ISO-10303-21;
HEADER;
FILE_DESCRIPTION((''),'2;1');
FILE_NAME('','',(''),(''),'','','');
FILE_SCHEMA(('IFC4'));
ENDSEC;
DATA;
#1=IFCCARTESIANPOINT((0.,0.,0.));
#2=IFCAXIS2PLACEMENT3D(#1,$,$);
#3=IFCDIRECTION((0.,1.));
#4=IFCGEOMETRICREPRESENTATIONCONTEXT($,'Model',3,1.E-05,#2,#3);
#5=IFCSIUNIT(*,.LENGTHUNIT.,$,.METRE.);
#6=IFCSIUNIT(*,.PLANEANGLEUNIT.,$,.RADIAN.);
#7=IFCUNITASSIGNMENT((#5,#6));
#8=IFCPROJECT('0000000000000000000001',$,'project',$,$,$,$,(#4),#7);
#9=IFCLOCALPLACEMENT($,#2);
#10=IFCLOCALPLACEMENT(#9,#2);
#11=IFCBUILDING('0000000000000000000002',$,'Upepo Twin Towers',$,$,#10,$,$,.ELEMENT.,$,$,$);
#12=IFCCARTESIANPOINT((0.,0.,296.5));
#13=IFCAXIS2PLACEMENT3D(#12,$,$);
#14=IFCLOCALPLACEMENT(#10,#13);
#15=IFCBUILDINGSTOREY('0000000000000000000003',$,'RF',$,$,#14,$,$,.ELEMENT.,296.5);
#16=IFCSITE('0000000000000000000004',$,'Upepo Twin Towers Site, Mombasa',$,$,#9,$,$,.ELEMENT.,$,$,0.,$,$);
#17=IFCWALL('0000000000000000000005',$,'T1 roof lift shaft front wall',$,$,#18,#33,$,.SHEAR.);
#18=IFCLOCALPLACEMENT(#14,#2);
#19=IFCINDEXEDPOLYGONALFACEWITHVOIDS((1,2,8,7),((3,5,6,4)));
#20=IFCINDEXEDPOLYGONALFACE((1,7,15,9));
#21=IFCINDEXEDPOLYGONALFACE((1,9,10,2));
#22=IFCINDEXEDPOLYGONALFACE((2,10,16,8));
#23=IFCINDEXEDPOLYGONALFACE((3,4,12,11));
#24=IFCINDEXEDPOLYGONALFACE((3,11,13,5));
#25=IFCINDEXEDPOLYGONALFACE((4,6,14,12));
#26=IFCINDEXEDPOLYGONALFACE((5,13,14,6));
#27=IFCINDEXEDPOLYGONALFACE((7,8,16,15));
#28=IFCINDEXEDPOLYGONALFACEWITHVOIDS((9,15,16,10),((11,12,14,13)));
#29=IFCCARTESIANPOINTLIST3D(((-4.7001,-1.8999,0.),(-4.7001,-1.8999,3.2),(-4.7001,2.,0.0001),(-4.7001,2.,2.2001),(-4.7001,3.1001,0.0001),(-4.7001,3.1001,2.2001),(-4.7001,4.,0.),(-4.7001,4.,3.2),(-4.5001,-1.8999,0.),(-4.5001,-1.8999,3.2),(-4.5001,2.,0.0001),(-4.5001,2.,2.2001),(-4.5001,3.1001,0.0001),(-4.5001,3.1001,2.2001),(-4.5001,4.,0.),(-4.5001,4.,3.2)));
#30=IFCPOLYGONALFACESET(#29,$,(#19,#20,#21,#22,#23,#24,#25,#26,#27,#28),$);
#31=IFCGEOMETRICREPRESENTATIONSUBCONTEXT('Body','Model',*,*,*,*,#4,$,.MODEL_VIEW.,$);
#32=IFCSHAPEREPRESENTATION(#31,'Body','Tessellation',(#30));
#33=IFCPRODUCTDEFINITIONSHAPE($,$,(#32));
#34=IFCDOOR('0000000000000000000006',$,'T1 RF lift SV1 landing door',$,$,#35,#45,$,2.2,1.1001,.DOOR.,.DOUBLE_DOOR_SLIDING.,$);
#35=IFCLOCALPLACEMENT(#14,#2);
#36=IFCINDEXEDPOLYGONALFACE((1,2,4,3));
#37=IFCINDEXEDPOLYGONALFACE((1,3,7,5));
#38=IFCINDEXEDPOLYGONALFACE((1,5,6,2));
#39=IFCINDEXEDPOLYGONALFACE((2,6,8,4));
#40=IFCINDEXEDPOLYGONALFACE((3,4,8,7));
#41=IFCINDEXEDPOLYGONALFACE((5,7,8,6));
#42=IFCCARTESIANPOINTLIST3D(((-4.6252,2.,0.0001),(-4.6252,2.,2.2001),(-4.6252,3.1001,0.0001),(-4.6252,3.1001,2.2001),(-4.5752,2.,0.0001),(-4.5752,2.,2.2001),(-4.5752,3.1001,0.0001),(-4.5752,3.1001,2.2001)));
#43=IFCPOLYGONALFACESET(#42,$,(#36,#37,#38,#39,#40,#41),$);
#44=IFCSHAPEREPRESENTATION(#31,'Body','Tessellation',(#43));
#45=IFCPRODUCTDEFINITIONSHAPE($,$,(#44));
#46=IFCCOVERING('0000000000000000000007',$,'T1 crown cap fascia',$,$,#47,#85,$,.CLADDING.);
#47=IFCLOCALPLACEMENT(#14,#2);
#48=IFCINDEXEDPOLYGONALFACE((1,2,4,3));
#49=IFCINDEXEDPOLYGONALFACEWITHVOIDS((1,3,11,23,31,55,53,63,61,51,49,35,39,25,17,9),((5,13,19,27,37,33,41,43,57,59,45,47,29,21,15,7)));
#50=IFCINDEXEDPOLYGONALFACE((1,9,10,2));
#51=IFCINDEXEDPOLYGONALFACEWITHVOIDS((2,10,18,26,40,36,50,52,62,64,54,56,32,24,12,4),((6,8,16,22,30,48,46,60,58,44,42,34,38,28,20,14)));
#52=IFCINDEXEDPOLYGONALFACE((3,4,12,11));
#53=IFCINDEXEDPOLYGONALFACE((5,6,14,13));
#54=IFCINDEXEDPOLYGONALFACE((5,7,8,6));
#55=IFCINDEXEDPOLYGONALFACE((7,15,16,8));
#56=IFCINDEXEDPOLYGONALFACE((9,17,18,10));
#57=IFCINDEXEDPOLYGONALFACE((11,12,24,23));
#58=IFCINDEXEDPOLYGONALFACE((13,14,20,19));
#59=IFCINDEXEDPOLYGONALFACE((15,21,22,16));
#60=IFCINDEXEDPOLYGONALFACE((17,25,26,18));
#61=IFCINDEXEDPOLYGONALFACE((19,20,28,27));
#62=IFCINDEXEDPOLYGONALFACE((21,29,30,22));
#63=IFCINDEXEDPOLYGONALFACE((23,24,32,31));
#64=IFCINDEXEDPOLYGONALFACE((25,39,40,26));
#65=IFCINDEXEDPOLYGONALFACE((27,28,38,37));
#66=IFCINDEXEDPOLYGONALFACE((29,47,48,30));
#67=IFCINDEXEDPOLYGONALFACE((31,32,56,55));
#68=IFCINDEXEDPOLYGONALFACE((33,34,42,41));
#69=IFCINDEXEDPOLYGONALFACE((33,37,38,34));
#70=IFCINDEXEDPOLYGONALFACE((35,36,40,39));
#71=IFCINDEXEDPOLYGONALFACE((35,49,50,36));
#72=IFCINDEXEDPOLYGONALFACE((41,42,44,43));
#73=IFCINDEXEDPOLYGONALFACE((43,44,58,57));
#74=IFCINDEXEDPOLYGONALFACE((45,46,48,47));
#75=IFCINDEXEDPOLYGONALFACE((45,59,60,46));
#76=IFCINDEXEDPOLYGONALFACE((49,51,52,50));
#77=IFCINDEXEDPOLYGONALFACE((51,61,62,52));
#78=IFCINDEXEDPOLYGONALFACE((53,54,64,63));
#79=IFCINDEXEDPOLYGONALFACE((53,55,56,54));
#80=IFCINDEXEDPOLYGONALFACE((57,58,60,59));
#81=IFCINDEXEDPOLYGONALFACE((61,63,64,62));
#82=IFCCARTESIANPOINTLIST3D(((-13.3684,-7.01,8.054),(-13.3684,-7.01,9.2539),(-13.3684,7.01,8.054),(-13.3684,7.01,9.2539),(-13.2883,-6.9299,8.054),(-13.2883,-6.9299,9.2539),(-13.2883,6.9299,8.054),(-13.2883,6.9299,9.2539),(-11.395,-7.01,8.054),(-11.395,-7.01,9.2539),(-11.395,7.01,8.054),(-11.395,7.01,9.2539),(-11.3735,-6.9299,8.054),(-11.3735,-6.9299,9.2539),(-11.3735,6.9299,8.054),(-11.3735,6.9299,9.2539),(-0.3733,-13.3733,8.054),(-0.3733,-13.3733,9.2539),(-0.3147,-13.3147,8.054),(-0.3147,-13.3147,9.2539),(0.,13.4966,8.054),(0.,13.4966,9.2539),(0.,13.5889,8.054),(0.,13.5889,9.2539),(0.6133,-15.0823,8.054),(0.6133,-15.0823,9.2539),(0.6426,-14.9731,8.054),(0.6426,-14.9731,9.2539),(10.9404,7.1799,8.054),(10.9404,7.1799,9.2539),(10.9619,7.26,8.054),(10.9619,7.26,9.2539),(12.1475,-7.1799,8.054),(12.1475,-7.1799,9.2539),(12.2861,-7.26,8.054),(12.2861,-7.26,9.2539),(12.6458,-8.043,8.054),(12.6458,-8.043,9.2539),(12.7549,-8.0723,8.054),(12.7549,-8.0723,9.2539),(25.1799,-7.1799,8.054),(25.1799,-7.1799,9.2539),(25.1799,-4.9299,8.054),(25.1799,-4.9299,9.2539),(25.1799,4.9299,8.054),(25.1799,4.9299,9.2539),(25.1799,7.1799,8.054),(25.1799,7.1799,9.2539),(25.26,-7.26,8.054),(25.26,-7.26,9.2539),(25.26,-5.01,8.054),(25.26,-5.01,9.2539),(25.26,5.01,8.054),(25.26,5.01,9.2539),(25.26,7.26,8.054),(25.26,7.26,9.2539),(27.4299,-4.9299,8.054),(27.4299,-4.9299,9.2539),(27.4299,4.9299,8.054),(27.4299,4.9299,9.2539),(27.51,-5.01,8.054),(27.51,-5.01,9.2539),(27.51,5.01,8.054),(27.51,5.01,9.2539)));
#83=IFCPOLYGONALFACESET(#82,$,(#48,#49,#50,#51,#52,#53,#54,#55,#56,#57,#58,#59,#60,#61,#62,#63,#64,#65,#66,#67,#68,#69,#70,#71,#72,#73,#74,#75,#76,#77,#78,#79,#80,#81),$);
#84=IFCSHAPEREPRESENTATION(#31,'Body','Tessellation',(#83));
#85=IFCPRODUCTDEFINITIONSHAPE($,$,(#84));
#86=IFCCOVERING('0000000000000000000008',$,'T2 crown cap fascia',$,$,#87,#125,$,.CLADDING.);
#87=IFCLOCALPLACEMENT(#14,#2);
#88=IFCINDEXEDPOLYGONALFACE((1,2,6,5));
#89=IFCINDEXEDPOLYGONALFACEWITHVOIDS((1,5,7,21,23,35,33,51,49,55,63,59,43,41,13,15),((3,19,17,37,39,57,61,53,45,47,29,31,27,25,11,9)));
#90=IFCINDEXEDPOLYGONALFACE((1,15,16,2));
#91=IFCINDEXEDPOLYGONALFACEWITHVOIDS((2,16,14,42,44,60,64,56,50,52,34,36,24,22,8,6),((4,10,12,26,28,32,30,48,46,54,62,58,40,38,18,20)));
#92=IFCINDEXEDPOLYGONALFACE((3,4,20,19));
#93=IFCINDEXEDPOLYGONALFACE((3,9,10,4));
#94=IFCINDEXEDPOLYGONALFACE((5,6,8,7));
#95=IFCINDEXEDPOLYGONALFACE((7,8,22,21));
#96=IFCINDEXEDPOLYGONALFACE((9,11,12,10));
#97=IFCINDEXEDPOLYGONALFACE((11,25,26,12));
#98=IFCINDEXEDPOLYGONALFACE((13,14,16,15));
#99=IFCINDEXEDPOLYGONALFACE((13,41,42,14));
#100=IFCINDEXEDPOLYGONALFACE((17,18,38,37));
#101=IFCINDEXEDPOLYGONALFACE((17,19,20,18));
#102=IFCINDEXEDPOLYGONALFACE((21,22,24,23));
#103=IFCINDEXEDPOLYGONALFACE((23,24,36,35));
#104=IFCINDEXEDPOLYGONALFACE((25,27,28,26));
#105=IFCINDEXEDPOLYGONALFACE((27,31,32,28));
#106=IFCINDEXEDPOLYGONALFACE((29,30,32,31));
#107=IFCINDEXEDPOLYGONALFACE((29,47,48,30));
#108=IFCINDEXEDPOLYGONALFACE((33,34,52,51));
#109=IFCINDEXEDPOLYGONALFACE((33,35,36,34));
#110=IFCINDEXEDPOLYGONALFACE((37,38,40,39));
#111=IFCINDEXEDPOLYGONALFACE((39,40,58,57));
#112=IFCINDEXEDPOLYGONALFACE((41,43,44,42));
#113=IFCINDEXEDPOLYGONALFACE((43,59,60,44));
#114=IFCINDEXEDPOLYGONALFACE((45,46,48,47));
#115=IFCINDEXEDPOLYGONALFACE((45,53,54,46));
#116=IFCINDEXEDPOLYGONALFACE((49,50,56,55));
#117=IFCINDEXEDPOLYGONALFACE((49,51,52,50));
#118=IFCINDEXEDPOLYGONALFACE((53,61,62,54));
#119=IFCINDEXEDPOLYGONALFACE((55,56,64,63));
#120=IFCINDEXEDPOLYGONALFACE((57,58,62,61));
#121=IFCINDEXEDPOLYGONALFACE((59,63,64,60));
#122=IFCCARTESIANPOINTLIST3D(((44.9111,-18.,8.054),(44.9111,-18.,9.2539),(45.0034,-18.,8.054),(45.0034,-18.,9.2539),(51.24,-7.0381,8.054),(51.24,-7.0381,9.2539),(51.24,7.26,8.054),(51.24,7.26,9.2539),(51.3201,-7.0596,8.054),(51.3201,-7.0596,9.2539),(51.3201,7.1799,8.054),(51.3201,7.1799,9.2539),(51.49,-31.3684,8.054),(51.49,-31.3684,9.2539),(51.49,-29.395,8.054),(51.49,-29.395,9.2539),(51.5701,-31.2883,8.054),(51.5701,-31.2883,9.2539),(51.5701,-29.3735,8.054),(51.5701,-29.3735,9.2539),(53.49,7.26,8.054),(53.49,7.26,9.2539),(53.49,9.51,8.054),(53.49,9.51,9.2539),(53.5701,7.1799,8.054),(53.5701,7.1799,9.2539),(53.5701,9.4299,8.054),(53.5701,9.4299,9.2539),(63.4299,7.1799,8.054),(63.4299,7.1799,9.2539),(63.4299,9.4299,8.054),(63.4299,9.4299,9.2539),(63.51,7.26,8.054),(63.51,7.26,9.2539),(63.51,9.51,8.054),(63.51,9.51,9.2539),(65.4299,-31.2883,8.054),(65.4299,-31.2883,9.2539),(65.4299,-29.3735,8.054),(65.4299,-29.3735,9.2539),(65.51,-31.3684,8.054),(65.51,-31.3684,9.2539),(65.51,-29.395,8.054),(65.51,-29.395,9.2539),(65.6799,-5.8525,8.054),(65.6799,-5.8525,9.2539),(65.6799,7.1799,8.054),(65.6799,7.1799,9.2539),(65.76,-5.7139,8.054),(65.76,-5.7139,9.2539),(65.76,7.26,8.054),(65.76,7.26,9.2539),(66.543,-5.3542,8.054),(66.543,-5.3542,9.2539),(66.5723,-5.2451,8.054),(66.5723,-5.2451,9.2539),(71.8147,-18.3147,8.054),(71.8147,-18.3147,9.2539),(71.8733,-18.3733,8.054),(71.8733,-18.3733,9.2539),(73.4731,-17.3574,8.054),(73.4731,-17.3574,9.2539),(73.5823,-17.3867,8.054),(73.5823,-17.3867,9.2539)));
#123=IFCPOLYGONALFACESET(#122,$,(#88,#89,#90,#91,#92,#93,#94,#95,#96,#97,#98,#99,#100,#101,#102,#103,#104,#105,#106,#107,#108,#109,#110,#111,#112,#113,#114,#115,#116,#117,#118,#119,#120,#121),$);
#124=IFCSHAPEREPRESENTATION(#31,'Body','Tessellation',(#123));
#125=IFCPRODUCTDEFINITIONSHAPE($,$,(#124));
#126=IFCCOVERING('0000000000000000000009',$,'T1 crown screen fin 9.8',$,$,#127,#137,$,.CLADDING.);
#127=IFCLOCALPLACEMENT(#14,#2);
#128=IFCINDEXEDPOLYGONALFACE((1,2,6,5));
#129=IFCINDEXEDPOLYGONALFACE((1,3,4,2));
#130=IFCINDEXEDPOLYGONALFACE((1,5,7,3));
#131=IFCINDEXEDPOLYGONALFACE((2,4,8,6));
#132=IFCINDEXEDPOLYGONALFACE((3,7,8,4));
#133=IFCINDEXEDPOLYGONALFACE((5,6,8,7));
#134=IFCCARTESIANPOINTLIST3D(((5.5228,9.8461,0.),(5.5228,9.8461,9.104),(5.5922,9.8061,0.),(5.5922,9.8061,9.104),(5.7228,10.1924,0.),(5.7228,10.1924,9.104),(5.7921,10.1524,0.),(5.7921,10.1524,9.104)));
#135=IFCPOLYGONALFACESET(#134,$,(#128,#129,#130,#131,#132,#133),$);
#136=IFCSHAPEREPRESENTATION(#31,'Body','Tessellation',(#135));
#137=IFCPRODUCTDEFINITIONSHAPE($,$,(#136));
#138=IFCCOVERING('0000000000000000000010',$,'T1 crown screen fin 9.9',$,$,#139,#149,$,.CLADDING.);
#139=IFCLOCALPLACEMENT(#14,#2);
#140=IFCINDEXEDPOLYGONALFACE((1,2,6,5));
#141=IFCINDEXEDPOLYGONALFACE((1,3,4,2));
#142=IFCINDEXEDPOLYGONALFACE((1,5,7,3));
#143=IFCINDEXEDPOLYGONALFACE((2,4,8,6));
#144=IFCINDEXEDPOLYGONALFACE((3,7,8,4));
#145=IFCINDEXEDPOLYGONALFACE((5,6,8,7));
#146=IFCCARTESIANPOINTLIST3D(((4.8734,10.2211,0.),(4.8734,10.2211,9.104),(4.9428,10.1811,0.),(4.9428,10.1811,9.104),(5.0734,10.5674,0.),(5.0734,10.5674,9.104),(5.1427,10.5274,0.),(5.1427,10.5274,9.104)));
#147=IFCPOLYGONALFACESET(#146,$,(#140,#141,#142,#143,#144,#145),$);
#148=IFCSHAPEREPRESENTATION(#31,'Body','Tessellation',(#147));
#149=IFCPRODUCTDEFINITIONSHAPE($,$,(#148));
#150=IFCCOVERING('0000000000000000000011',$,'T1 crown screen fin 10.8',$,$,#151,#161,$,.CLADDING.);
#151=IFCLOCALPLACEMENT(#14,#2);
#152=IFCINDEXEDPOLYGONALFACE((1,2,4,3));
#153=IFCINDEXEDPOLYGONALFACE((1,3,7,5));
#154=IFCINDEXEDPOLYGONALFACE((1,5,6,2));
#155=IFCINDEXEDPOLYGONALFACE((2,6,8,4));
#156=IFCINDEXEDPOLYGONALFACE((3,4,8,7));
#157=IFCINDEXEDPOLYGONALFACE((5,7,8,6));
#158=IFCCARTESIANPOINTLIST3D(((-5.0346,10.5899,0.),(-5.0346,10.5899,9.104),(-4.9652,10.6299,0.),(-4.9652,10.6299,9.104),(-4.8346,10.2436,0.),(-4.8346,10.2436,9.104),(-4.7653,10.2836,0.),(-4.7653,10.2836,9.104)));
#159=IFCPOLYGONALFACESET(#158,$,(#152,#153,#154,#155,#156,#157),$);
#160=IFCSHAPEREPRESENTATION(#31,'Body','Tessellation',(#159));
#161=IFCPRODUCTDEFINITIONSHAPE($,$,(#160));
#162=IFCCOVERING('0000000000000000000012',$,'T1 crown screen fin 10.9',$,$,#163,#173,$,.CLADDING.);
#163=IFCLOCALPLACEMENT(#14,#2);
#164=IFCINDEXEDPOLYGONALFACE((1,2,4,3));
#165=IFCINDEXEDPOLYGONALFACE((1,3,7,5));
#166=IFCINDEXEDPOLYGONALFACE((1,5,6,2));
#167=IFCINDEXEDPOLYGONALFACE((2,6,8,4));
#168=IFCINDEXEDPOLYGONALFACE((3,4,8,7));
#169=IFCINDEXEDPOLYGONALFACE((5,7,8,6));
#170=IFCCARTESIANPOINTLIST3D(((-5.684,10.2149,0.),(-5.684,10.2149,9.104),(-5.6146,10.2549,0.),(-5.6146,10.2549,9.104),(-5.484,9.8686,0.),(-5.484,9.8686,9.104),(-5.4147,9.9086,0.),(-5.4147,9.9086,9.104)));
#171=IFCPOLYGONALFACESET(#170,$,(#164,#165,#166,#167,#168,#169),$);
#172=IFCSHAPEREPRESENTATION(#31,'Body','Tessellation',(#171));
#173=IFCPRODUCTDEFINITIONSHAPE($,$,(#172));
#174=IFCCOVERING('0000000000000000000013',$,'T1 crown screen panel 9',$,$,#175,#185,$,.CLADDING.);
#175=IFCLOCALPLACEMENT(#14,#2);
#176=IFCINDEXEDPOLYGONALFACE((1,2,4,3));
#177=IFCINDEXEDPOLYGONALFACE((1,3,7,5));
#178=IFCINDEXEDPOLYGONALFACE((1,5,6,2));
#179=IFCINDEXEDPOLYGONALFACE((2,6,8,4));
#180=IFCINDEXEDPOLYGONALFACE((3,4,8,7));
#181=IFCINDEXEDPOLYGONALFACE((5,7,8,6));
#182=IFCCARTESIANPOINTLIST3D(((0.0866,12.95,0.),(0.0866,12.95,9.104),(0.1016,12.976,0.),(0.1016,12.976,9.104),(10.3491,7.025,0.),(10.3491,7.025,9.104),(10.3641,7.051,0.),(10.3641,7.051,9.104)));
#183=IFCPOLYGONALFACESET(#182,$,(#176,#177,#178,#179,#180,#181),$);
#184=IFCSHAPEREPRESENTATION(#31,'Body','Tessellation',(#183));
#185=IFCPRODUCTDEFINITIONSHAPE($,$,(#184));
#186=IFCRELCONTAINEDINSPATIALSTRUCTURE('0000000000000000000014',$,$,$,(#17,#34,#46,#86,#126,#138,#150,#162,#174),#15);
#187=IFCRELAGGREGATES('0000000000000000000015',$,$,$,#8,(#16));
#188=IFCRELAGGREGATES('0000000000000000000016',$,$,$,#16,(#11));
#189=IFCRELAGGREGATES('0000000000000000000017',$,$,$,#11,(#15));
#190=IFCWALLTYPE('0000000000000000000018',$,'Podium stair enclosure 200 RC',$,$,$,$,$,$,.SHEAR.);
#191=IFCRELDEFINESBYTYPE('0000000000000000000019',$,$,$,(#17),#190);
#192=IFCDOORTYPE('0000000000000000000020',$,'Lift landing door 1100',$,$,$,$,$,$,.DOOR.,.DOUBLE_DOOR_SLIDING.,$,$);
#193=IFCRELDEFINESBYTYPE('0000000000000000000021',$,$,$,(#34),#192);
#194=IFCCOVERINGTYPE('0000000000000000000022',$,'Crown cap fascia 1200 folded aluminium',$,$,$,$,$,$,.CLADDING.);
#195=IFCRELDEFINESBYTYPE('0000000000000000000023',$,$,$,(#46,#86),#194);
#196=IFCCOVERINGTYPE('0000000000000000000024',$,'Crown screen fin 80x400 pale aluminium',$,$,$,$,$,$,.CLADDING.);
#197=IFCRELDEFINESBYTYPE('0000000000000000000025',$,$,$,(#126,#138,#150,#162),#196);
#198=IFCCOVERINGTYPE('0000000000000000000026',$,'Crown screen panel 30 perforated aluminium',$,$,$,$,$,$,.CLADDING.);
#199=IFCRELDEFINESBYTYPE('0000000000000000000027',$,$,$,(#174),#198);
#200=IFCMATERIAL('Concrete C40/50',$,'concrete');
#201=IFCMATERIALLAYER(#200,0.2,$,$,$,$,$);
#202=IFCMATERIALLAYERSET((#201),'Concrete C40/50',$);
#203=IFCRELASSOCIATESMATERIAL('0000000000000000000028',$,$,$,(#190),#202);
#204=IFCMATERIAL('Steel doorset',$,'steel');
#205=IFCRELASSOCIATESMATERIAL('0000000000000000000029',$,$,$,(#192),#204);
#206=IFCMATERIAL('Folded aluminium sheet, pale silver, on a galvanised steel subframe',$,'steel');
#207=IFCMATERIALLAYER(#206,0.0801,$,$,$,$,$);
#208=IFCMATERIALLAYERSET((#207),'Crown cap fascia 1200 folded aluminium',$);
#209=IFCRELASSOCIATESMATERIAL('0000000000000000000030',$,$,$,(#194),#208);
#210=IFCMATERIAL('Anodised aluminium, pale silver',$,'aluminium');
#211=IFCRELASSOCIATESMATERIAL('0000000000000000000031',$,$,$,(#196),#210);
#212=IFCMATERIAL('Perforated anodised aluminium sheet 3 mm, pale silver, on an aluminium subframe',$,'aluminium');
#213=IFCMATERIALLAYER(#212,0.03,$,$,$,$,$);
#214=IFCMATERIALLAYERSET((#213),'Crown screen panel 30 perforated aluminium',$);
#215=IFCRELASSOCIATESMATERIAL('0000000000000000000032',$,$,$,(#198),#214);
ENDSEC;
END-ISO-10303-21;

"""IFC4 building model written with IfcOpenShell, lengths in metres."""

from ifc_helpers import new_model, si_unit, direction, frame, frame_2d, origin, origin_2d, place, context, subcontext, project, spatial, polyline, rectangle, outline, extrude, material, layer, layer_set, type_object, element, fill, save


model = new_model("IFC4")

# Units and contexts
model_context = context("Model", 3, precision=1e-05, world=origin(), true_north=direction((0.0, 1.0)))
body_context = subcontext(model_context, "Body", "Model", "MODEL_VIEW")
ifc_project = project(units=[si_unit("LENGTHUNIT", "METRE"), si_unit("PLANEANGLEUNIT", "RADIAN")], contexts=[model_context])

# Site, building, storey
site_placement = place(None, origin())
site = spatial("IfcSite", under=ifc_project, at=site_placement, Name="Upepo Twin Towers Site, Mombasa", CompositionType="ELEMENT", RefElevation=0.0)
building_placement = place(site_placement, origin())
building = spatial("IfcBuilding", under=site, at=building_placement, Name="Upepo Twin Towers", CompositionType="ELEMENT")
storey_placement = place(building_placement, frame((0.0, 0.0, 296.5)))
storey = spatial("IfcBuildingStorey", under=building, at=storey_placement, Name="RF", CompositionType="ELEMENT", Elevation=296.5)

# Shared definitions
ifc_material_1 = material(Name="Concrete C40/50", Category="concrete")
ifc_layer_1 = layer(ifc_material_1, 0.2)
ifc_layer_set_1 = layer_set([ifc_layer_1], Name="Concrete C40/50")
wall_type = type_object("IfcWallType", Name="Podium stair enclosure 200 RC", PredefinedType="SHEAR", material=ifc_layer_set_1)

# Wall, opening, door
wall_1_placement = place(storey_placement, frame((-4.6001, 4.0, 0.0), z_axis=(0.0, 0.0, 1.0), x_axis=(0.0, -1.0, 0.0)))
wall_1 = element("IfcWall", 1, at=wall_1_placement, inside=storey, type_object=wall_type, Name="T1 roof lift shaft front wall", PredefinedType="SHEAR", context=body_context, shape_type="SweptSolid", body=[
    extrude(rectangle(XDim=5.8999, YDim=0.2, at=frame_2d((2.95, 0.0))), origin(), (0.0, 0.0, 1.0), 3.2),
])
opening_placement = place(wall_1_placement, frame((0.8999, 0.0, 0.0)))
opening = element("IfcOpeningElement", 2, at=opening_placement, cuts=wall_1, PredefinedType="OPENING", context=body_context, shape_type="SweptSolid", body=[
    extrude(rectangle(XDim=1.1001, YDim=2.2, at=frame_2d((0.55, 1.1001))), frame((0.0, 0.1099, 0.0), z_axis=(0.0, -1.0, 0.0), x_axis=(1.0, 0.0, 0.0)), (0.0, 0.0, 1.0), 0.22),
])
ifc_material_2 = material(Name="Steel doorset", Category="steel")
door_type = type_object("IfcDoorType", Name="Lift landing door 1100", OperationType="DOUBLE_DOOR_SLIDING", PredefinedType="DOOR", material=ifc_material_2)
door_placement = place(opening_placement, origin())
door = element("IfcDoor", 3, at=door_placement, inside=storey, type_object=door_type, Name="T1 RF lift SV1 landing door", OperationType="DOUBLE_DOOR_SLIDING", OverallHeight=2.2, OverallWidth=1.1001, PredefinedType="DOOR", context=body_context, shape_type="SweptSolid", body=[
    extrude(rectangle(XDim=1.1001, YDim=2.2, at=frame_2d((0.55, 1.1001))), frame((0.0, 0.0249, 0.0), z_axis=(0.0, -1.0, 0.0), x_axis=(1.0, 0.0, 0.0)), (0.0, 0.0, 1.0), 0.05),
])
fill(opening, door)

# Coverings
ifc_material_3 = material(Name="Folded aluminium sheet, pale silver, on a galvanised steel subframe", Category="steel")
ifc_layer_2 = layer(ifc_material_3, 0.0801)
ifc_layer_set_2 = layer_set([ifc_layer_2], Name="Crown cap fascia 1200 folded aluminium")
covering_type_1 = type_object("IfcCoveringType", Name="Crown cap fascia 1200 folded aluminium", PredefinedType="CLADDING", material=ifc_layer_set_2)
covering_1_placement = place(storey_placement, frame((0.0, 0.0, 8.054)))
element("IfcCovering", 4, at=covering_1_placement, inside=storey, type_object=covering_type_1, Name="T1 crown cap fascia", PredefinedType="CLADDING", context=body_context, shape_type="SweptSolid", body=[
    extrude(outline(polyline([(12.7549, -8.0723), (0.6133, -15.0823), (-0.3733, -13.3733), (-11.395, -7.01), (-13.3684, -7.01), (-13.3684, 7.01), (-11.395, 7.01), (0.0, 13.5889), (10.9619, 7.26), (25.26, 7.26), (25.26, 5.01), (27.51, 5.01), (27.51, -5.01), (25.26, -5.01), (25.26, -7.26), (12.2861, -7.26), (12.7549, -8.0723)]), holes=[polyline([(12.6458, -8.043), (0.6426, -14.9731), (-0.3147, -13.3147), (-11.3735, -6.9299), (-13.2883, -6.9299), (-13.2883, 6.9299), (-11.3735, 6.9299), (0.0, 13.4966), (10.9404, 7.1799), (25.1799, 7.1799), (25.1799, 4.9299), (27.4299, 4.9299), (27.4299, -4.9299), (25.1799, -4.9299), (25.1799, -7.1799), (12.1475, -7.1799), (12.6458, -8.043)])]), origin(), (0.0, 0.0, 1.0), 1.2),
])
covering_2_placement = place(storey_placement, frame((0.0, 0.0, 8.054)))
element("IfcCovering", 5, at=covering_2_placement, inside=storey, type_object=covering_type_1, Name="T2 crown cap fascia", PredefinedType="CLADDING", context=body_context, shape_type="SweptSolid", body=[
    extrude(outline(polyline([(66.5723, -5.2451), (73.5823, -17.3867), (71.8733, -18.3733), (65.51, -29.395), (65.51, -31.3684), (51.49, -31.3684), (51.49, -29.395), (44.9111, -18.0), (51.24, -7.0381), (51.24, 7.26), (53.49, 7.26), (53.49, 9.51), (63.51, 9.51), (63.51, 7.26), (65.76, 7.26), (65.76, -5.7139), (66.5723, -5.2451)]), holes=[polyline([(66.543, -5.3542), (73.4731, -17.3574), (71.8147, -18.3147), (65.4299, -29.3735), (65.4299, -31.2883), (51.5701, -31.2883), (51.5701, -29.3735), (45.0034, -18.0), (51.3201, -7.0596), (51.3201, 7.1799), (53.5701, 7.1799), (53.5701, 9.4299), (63.4299, 9.4299), (63.4299, 7.1799), (65.6799, 7.1799), (65.6799, -5.8525), (66.543, -5.3542)])]), origin(), (0.0, 0.0, 1.0), 1.2),
])
ifc_material_4 = material(Name="Anodised aluminium, pale silver", Category="aluminium")
covering_type_2 = type_object("IfcCoveringType", Name="Crown screen fin 80x400 pale aluminium", PredefinedType="CLADDING", material=ifc_material_4)
for number, where, z_axis, x_axis, name in (
    (6, (5.6575, 9.9993, 0.0), (0.0, 0.0, 1.0), (-0.866025, 0.5, 0.0), "T1 crown screen fin 9.8"),
    (7, (5.0081, 10.3743, 0.0), (0.0, 0.0, 1.0), (-0.866025, 0.5, 0.0), "T1 crown screen fin 9.9"),
    (8, (-4.8999, 10.4368, 0.0), (0.0, 0.0, 1.0), (-0.866025, -0.5, 0.0), "T1 crown screen fin 10.8"),
    (9, (-5.5493, 10.0618, 0.0), (0.0, 0.0, 1.0), (-0.866025, -0.5, 0.0), "T1 crown screen fin 10.9"),
):
    element("IfcCovering", number, at=place(storey_placement, frame(where, z_axis=z_axis, x_axis=x_axis)), inside=storey, type_object=covering_type_2, Name=name, PredefinedType="CLADDING", context=body_context, shape_type="SweptSolid", body=[
        extrude(rectangle(XDim=0.0801, YDim=0.3999, at=origin_2d()), origin(), (0.0, 0.0, 1.0), 9.104),
    ])
ifc_material_5 = material(Name="Perforated anodised aluminium sheet 3 mm, pale silver, on an aluminium subframe", Category="aluminium")
ifc_layer_3 = layer(ifc_material_5, 0.03)
ifc_layer_set_3 = layer_set([ifc_layer_3], Name="Crown screen panel 30 perforated aluminium")
covering_type_3 = type_object("IfcCoveringType", Name="Crown screen panel 30 perforated aluminium", PredefinedType="CLADDING", material=ifc_layer_set_3)
covering_3_placement = place(storey_placement, frame((5.2253, 10.0005, 0.0), z_axis=(0.0, 0.0, 1.0), x_axis=(-0.866025, 0.5, 0.0)))
element("IfcCovering", 10, at=covering_3_placement, inside=storey, type_object=covering_type_3, Name="T1 crown screen panel 9", PredefinedType="CLADDING", context=body_context, shape_type="SweptSolid", body=[
    extrude(rectangle(XDim=11.8501, YDim=0.03, at=origin_2d()), origin(), (0.0, 0.0, 1.0), 9.104),
])

save(model, "model.ifc")
